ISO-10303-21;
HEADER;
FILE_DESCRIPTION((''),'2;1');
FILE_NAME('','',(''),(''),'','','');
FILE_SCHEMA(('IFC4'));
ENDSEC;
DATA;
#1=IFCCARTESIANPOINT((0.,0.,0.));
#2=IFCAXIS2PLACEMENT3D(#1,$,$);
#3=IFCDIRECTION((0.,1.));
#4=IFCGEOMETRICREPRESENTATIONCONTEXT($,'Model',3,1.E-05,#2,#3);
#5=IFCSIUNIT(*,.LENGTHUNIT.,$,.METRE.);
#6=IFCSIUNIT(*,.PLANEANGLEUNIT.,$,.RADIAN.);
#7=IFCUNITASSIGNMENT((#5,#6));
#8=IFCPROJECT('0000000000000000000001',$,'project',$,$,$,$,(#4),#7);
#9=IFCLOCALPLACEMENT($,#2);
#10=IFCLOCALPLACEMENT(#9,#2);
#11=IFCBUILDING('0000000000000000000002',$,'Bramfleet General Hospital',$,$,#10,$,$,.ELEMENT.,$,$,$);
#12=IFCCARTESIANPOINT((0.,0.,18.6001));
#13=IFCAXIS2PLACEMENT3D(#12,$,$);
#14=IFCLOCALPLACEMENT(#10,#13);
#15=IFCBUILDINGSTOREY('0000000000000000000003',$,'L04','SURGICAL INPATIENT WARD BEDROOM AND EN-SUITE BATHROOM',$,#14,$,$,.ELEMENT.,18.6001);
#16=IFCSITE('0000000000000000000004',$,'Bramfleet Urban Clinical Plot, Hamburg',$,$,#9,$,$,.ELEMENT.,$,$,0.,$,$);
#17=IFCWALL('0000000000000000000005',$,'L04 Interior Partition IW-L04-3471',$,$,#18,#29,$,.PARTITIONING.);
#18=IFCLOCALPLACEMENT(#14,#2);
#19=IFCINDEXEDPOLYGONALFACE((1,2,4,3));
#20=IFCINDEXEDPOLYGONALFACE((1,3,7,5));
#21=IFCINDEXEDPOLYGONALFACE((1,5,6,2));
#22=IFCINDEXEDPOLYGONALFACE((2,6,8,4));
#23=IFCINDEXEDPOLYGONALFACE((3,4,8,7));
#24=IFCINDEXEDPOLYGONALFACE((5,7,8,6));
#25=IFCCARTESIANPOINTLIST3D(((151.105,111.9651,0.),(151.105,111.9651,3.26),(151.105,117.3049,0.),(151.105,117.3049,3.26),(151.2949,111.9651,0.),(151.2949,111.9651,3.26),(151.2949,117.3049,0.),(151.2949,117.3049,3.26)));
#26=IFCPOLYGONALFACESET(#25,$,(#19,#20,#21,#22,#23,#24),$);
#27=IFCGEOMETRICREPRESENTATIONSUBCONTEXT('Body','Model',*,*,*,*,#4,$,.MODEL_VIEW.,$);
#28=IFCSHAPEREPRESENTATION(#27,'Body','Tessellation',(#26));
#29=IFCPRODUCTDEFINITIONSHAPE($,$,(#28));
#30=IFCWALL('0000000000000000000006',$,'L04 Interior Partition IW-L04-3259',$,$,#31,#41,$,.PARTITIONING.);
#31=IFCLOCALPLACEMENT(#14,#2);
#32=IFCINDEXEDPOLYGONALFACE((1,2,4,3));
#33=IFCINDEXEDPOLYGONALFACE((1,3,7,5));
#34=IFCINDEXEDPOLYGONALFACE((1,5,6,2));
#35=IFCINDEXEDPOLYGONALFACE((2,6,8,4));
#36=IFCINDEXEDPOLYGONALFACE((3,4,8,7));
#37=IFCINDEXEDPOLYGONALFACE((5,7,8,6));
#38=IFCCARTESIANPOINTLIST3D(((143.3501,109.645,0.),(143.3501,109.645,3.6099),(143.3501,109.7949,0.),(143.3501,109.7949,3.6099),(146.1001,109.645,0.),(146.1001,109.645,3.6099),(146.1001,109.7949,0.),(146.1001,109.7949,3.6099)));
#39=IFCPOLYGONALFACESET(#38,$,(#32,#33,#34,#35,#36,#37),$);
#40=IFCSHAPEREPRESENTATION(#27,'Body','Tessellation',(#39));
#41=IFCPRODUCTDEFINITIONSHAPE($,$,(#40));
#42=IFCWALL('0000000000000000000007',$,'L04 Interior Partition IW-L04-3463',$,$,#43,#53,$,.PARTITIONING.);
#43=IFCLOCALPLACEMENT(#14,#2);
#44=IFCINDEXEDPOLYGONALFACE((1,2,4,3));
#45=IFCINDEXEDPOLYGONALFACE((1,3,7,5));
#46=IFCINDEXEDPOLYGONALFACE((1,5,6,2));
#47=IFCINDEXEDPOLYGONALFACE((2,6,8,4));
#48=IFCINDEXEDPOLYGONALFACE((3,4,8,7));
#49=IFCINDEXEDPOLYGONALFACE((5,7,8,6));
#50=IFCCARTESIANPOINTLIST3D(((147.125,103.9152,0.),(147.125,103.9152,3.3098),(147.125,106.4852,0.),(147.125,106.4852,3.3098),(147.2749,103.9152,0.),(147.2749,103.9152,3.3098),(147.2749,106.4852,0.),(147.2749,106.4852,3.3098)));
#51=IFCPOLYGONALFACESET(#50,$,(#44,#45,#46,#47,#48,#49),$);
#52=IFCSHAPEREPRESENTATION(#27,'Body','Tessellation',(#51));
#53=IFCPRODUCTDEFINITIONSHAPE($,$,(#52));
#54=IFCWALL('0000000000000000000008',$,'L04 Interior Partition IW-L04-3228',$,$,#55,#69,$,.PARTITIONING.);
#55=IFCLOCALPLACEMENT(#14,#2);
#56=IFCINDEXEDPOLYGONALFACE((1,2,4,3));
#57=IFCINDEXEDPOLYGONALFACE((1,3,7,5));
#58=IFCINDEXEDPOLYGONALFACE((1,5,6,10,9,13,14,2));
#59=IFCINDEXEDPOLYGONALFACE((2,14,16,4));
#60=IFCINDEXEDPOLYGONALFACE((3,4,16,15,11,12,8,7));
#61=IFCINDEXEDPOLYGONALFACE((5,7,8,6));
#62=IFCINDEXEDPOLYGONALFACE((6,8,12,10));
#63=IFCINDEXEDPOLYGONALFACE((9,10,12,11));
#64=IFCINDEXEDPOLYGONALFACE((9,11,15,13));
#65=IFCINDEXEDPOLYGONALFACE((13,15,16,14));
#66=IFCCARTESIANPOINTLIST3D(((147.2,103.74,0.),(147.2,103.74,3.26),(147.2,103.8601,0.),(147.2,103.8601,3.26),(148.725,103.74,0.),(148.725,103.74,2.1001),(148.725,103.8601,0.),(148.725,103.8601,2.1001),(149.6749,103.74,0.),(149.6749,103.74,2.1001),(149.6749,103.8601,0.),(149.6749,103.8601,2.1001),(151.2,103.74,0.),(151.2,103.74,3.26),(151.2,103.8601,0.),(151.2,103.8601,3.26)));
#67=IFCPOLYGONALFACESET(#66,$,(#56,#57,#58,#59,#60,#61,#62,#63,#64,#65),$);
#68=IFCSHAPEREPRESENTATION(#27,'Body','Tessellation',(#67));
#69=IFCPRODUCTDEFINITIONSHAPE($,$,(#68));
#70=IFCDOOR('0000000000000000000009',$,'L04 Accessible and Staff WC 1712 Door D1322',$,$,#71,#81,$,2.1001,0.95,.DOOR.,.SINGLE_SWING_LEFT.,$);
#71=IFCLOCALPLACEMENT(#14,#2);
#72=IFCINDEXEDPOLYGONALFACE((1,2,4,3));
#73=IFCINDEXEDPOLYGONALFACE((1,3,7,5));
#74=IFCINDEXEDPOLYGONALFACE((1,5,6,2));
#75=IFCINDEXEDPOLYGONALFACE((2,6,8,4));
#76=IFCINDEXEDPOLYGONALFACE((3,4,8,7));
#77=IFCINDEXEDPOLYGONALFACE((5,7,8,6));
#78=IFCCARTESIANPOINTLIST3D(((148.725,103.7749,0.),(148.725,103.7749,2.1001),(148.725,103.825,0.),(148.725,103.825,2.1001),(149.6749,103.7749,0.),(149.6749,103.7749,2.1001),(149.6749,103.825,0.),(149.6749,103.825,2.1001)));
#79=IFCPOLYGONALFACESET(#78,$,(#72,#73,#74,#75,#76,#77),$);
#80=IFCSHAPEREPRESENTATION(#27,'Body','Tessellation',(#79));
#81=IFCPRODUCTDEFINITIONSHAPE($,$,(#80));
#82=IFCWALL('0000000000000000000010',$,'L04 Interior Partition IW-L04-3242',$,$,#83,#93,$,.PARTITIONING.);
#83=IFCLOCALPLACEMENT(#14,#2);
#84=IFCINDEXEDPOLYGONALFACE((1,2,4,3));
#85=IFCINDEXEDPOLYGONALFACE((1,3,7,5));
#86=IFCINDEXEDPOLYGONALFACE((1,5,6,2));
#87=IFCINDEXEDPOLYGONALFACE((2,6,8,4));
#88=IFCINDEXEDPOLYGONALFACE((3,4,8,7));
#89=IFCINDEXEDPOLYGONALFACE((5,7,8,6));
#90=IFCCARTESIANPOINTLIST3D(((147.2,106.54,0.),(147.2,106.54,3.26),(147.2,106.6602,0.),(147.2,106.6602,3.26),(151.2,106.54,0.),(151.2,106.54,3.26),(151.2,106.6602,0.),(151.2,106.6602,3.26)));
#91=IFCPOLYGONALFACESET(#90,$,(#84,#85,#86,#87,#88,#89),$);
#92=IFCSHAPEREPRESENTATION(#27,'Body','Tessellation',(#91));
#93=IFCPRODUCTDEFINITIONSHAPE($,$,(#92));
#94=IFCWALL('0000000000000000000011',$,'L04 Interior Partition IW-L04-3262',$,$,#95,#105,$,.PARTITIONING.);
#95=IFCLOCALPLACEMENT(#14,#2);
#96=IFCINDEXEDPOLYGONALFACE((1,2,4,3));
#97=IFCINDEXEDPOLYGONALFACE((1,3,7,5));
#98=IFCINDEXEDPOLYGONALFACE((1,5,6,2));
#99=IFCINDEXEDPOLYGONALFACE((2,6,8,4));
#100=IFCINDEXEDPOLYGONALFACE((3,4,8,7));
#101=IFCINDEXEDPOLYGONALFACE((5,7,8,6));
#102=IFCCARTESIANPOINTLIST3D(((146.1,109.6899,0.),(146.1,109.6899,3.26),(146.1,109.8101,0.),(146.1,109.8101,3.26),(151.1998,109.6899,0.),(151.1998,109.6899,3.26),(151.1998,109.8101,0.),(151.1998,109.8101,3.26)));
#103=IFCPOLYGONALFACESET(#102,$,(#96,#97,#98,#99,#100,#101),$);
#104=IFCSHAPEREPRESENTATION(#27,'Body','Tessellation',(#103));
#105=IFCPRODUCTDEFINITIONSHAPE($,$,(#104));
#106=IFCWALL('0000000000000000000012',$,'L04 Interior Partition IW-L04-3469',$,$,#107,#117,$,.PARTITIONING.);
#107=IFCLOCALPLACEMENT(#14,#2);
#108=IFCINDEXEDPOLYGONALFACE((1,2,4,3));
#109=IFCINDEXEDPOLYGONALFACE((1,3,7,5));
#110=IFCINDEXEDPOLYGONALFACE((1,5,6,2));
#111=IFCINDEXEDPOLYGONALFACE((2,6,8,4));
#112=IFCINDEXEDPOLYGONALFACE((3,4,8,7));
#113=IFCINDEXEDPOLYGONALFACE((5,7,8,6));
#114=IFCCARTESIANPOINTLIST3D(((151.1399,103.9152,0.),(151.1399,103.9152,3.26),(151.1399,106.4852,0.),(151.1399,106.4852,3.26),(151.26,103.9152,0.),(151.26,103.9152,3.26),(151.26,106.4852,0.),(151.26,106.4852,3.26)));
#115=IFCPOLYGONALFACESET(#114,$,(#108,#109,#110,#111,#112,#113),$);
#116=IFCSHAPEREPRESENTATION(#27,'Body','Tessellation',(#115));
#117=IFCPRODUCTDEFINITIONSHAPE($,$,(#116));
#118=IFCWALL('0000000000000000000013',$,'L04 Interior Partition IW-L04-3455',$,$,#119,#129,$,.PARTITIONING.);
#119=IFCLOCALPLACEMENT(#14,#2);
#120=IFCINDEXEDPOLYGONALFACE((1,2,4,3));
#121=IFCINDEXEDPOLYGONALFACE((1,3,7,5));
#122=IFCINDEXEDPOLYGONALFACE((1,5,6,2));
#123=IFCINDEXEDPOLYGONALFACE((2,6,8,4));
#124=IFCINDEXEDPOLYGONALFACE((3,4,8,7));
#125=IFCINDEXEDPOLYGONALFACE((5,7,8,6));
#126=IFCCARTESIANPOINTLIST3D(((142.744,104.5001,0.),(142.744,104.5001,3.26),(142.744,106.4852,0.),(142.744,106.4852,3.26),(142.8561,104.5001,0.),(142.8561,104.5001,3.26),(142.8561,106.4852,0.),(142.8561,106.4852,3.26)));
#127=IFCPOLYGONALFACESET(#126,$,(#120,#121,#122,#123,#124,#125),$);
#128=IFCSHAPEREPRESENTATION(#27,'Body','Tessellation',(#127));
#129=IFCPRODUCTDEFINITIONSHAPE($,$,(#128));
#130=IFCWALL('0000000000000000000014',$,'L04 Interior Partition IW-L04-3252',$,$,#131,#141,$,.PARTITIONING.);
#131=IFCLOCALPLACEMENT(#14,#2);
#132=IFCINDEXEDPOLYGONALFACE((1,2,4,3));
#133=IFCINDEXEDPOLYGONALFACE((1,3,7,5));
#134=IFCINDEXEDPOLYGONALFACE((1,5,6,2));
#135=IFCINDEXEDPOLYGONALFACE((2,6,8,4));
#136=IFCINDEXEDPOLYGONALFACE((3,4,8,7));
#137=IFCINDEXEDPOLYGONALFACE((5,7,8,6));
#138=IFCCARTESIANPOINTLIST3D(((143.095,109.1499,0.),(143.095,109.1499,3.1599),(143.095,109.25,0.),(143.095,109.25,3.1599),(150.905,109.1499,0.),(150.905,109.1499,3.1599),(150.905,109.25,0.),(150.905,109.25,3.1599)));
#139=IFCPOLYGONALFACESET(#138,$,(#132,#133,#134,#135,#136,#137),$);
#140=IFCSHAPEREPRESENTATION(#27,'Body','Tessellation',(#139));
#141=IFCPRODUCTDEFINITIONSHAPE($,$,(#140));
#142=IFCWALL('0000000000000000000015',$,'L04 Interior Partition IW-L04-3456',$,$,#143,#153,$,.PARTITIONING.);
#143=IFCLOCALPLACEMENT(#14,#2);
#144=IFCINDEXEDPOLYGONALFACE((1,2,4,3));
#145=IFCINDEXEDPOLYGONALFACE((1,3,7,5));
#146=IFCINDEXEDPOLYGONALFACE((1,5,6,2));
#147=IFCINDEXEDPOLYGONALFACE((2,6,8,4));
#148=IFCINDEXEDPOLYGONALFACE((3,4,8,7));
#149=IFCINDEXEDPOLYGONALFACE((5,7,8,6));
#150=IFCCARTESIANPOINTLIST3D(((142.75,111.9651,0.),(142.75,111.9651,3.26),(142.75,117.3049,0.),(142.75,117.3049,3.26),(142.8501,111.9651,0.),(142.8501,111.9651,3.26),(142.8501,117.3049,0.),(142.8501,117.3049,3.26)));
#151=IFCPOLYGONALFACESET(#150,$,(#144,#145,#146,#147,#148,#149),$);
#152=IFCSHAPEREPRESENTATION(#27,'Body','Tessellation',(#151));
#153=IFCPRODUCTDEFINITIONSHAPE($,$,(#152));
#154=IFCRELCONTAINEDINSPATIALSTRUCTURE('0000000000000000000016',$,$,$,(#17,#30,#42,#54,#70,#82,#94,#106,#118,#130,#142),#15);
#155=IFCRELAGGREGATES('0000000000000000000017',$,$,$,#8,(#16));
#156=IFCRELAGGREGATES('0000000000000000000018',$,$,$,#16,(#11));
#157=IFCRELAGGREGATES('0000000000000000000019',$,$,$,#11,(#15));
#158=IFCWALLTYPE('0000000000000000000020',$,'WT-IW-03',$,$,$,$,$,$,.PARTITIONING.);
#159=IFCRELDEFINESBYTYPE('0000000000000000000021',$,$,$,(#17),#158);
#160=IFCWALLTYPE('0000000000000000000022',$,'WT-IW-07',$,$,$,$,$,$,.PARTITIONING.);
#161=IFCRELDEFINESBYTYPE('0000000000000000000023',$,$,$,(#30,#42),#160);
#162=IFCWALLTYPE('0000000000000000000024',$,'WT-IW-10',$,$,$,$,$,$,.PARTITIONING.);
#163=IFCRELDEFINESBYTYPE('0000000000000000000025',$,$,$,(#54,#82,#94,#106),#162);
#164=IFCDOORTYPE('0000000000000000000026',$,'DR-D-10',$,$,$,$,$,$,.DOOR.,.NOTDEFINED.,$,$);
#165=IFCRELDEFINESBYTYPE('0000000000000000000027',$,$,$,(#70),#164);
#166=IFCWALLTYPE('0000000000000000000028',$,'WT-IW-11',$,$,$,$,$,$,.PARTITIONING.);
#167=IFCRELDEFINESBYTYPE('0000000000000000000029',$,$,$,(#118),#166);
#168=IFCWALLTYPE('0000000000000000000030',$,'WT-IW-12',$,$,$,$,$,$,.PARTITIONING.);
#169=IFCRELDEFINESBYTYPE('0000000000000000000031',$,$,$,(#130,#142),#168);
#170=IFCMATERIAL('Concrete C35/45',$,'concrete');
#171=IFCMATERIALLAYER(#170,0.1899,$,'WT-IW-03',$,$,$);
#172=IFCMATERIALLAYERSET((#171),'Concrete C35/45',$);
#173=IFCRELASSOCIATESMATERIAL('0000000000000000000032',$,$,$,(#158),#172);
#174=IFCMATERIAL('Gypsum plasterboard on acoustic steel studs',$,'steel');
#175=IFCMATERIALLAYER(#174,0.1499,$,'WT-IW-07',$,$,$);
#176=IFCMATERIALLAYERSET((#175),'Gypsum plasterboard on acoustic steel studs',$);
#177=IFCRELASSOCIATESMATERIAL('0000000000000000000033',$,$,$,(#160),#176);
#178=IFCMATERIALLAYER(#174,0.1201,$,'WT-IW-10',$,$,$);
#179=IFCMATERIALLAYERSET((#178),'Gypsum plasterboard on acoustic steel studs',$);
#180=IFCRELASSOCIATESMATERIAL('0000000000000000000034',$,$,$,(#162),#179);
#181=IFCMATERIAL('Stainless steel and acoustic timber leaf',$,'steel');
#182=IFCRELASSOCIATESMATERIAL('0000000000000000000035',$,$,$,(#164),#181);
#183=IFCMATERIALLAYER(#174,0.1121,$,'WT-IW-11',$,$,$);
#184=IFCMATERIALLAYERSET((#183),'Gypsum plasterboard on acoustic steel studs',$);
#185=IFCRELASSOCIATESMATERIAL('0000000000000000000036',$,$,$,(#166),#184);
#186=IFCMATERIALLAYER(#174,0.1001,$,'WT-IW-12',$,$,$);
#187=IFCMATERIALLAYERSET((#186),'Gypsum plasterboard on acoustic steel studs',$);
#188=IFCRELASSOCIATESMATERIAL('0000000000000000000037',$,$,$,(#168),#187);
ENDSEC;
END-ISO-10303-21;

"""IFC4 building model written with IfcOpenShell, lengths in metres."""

from ifc_helpers import new_model, si_unit, direction, frame, frame_2d, origin, place, context, subcontext, project, spatial, rectangle, extrude, material, layer, layer_set, type_object, element, fill, save


model = new_model("IFC4")

# Units and contexts
model_context = context("Model", 3, precision=1e-05, world=origin(), true_north=direction((0.0, 1.0)))
body_context = subcontext(model_context, "Body", "Model", "MODEL_VIEW")
ifc_project = project(units=[si_unit("LENGTHUNIT", "METRE"), si_unit("PLANEANGLEUNIT", "RADIAN")], contexts=[model_context])

# Site, building, storey
site_placement = place(None, origin())
site = spatial("IfcSite", under=ifc_project, at=site_placement, Name="Bramfleet Urban Clinical Plot, Hamburg", CompositionType="ELEMENT", RefElevation=0.0)
building_placement = place(site_placement, origin())
building = spatial("IfcBuilding", under=site, at=building_placement, Name="Bramfleet General Hospital", CompositionType="ELEMENT")
storey_placement = place(building_placement, frame((0.0, 0.0, 18.6001)))
storey = spatial("IfcBuildingStorey", under=building, at=storey_placement, Name="L04", Description="SURGICAL INPATIENT WARD BEDROOM AND EN-SUITE BATHROOM", CompositionType="ELEMENT", Elevation=18.6001)

# Shared definitions
ifc_material_1 = material(Name="Concrete C35/45", Category="concrete")

# Shared definitions
ifc_layer_1 = layer(ifc_material_1, 0.1899, Name="WT-IW-03")
ifc_layer_set_1 = layer_set([ifc_layer_1], Name="Concrete C35/45")
wall_type_1 = type_object("IfcWallType", Name="WT-IW-03", PredefinedType="PARTITIONING", material=ifc_layer_set_1)
ifc_material_2 = material(Name="Stainless steel and acoustic timber leaf", Category="steel")

# Wall
wall_1_placement = place(storey_placement, frame((151.2, 111.9651, 0.0), z_axis=(0.0, 0.0, 1.0), x_axis=(0.0, 1.0, 0.0)))
element("IfcWall", 1, at=wall_1_placement, inside=storey, type_object=wall_type_1, Name="L04 Interior Partition IW-L04-3471", PredefinedType="PARTITIONING", context=body_context, shape_type="SweptSolid", body=[
    extrude(rectangle(XDim=5.3398, YDim=0.1899, at=frame_2d((2.6699, 0.0))), origin(), (0.0, 0.0, 1.0), 3.26),
])

# Shared definitions
ifc_material_3 = material(Name="Gypsum plasterboard on acoustic steel studs", Category="steel")

# Walls
ifc_layer_2 = layer(ifc_material_3, 0.1499, Name="WT-IW-07")
ifc_layer_set_2 = layer_set([ifc_layer_2], Name="Gypsum plasterboard on acoustic steel studs")
wall_type_2 = type_object("IfcWallType", Name="WT-IW-07", PredefinedType="PARTITIONING", material=ifc_layer_set_2)
wall_2_placement = place(storey_placement, frame((143.3501, 109.72, 0.0), z_axis=(0.0, 0.0, 1.0), x_axis=(1.0, 0.0, 0.0)))
element("IfcWall", 2, at=wall_2_placement, inside=storey, type_object=wall_type_2, Name="L04 Interior Partition IW-L04-3259", PredefinedType="PARTITIONING", context=body_context, shape_type="SweptSolid", body=[
    extrude(rectangle(XDim=2.75, YDim=0.1499, at=frame_2d((1.375, 0.0))), origin(), (0.0, 0.0, 1.0), 3.6099),
])
wall_3_placement = place(storey_placement, frame((147.2, 103.915, 0.0), z_axis=(0.0, 0.0, 1.0), x_axis=(0.0, 1.0, 0.0)))
element("IfcWall", 3, at=wall_3_placement, inside=storey, type_object=wall_type_2, Name="L04 Interior Partition IW-L04-3463", PredefinedType="PARTITIONING", context=body_context, shape_type="SweptSolid", body=[
    extrude(rectangle(XDim=2.5701, YDim=0.1499, at=frame_2d((1.2852, 0.0))), origin(), (0.0, 0.0, 1.0), 3.3098),
])

# Wall, opening, door
ifc_layer_3 = layer(ifc_material_3, 0.1201, Name="WT-IW-10")
ifc_layer_set_3 = layer_set([ifc_layer_3], Name="Gypsum plasterboard on acoustic steel studs")
wall_type_3 = type_object("IfcWallType", Name="WT-IW-10", PredefinedType="PARTITIONING", material=ifc_layer_set_3)
wall_4_placement = place(storey_placement, frame((147.2, 103.8, 0.0), z_axis=(0.0, 0.0, 1.0), x_axis=(1.0, 0.0, 0.0)))
wall_4 = element("IfcWall", 4, at=wall_4_placement, inside=storey, type_object=wall_type_3, Name="L04 Interior Partition IW-L04-3228", PredefinedType="PARTITIONING", context=body_context, shape_type="SweptSolid", body=[
    extrude(rectangle(XDim=4.0, YDim=0.1201, at=frame_2d((2.0, 0.0))), origin(), (0.0, 0.0, 1.0), 3.26),
])
opening_1_placement = place(wall_4_placement, frame((1.5249, 0.0, 0.0)))
opening_1 = element("IfcOpeningElement", 5, at=opening_1_placement, cuts=wall_4, PredefinedType="OPENING", context=body_context, shape_type="SweptSolid", body=[
    extrude(rectangle(XDim=0.95, YDim=2.1001, at=frame_2d((0.4751, 1.05))), frame((0.0, 0.0701, 0.0), z_axis=(0.0, -1.0, 0.0), x_axis=(1.0, 0.0, 0.0)), (0.0, 0.0, 1.0), 0.1401),
])
door_type_1 = type_object("IfcDoorType", Name="DR-D-10", OperationType="NOTDEFINED", PredefinedType="DOOR", material=ifc_material_2)
door_1_placement = place(opening_1_placement, origin())
door_1 = element("IfcDoor", 6, at=door_1_placement, inside=storey, type_object=door_type_1, Name="L04 Accessible and Staff WC 1712 Door D1322", OperationType="SINGLE_SWING_LEFT", OverallHeight=2.1001, OverallWidth=0.95, PredefinedType="DOOR", context=body_context, shape_type="SweptSolid", body=[
    extrude(rectangle(XDim=0.95, YDim=2.1001, at=frame_2d((0.4751, 1.05))), frame((0.0, 0.0249, 0.0), z_axis=(0.0, -1.0, 0.0), x_axis=(1.0, 0.0, 0.0)), (0.0, 0.0, 1.0), 0.05),
])
fill(opening_1, door_1)

# Walls
wall_5_placement = place(storey_placement, frame((147.2, 106.6001, 0.0), z_axis=(0.0, 0.0, 1.0), x_axis=(1.0, 0.0, 0.0)))
element("IfcWall", 7, at=wall_5_placement, inside=storey, type_object=wall_type_3, Name="L04 Interior Partition IW-L04-3242", PredefinedType="PARTITIONING", context=body_context, shape_type="SweptSolid", body=[
    extrude(rectangle(XDim=4.0, YDim=0.1201, at=frame_2d((2.0, 0.0))), origin(), (0.0, 0.0, 1.0), 3.26),
])
wall_6_placement = place(storey_placement, frame((146.1001, 109.75, 0.0), z_axis=(0.0, 0.0, 1.0), x_axis=(1.0, 0.0, 0.0)))
element("IfcWall", 8, at=wall_6_placement, inside=storey, type_object=wall_type_3, Name="L04 Interior Partition IW-L04-3262", PredefinedType="PARTITIONING", context=body_context, shape_type="SweptSolid", body=[
    extrude(rectangle(XDim=5.0999, YDim=0.1201, at=frame_2d((2.5498, 0.0))), origin(), (0.0, 0.0, 1.0), 3.26),
])
wall_7_placement = place(storey_placement, frame((151.2, 103.915, 0.0), z_axis=(0.0, 0.0, 1.0), x_axis=(0.0, 1.0, 0.0)))
element("IfcWall", 9, at=wall_7_placement, inside=storey, type_object=wall_type_3, Name="L04 Interior Partition IW-L04-3469", PredefinedType="PARTITIONING", context=body_context, shape_type="SweptSolid", body=[
    extrude(rectangle(XDim=2.5701, YDim=0.1201, at=frame_2d((1.2852, 0.0))), origin(), (0.0, 0.0, 1.0), 3.26),
])
ifc_layer_4 = layer(ifc_material_3, 0.1121, Name="WT-IW-11")
ifc_layer_set_4 = layer_set([ifc_layer_4], Name="Gypsum plasterboard on acoustic steel studs")
wall_type_4 = type_object("IfcWallType", Name="WT-IW-11", PredefinedType="PARTITIONING", material=ifc_layer_set_4)
wall_8_placement = place(storey_placement, frame((142.8, 104.5, 0.0), z_axis=(0.0, 0.0, 1.0), x_axis=(0.0, 1.0, 0.0)))
element("IfcWall", 10, at=wall_8_placement, inside=storey, type_object=wall_type_4, Name="L04 Interior Partition IW-L04-3455", PredefinedType="PARTITIONING", context=body_context, shape_type="SweptSolid", body=[
    extrude(rectangle(XDim=1.9851, YDim=0.1121, at=frame_2d((0.9927, 0.0))), origin(), (0.0, 0.0, 1.0), 3.26),
])
ifc_layer_5 = layer(ifc_material_3, 0.1001, Name="WT-IW-12")
ifc_layer_set_5 = layer_set([ifc_layer_5], Name="Gypsum plasterboard on acoustic steel studs")
wall_type_5 = type_object("IfcWallType", Name="WT-IW-12", PredefinedType="PARTITIONING", material=ifc_layer_set_5)
wall_9_placement = place(storey_placement, frame((143.095, 109.2, 0.0), z_axis=(0.0, 0.0, 1.0), x_axis=(1.0, 0.0, 0.0)))
element("IfcWall", 11, at=wall_9_placement, inside=storey, type_object=wall_type_5, Name="L04 Interior Partition IW-L04-3252", PredefinedType="PARTITIONING", context=body_context, shape_type="SweptSolid", body=[
    extrude(rectangle(XDim=7.8101, YDim=0.1001, at=frame_2d((3.905, 0.0))), origin(), (0.0, 0.0, 1.0), 3.1599),
])
wall_10_placement = place(storey_placement, frame((142.8, 111.9651, 0.0), z_axis=(0.0, 0.0, 1.0), x_axis=(0.0, 1.0, 0.0)))
element("IfcWall", 12, at=wall_10_placement, inside=storey, type_object=wall_type_5, Name="L04 Interior Partition IW-L04-3456", PredefinedType="PARTITIONING", context=body_context, shape_type="SweptSolid", body=[
    extrude(rectangle(XDim=5.3398, YDim=0.1001, at=frame_2d((2.6699, 0.0))), origin(), (0.0, 0.0, 1.0), 3.26),
])

save(model, "model.ifc")
